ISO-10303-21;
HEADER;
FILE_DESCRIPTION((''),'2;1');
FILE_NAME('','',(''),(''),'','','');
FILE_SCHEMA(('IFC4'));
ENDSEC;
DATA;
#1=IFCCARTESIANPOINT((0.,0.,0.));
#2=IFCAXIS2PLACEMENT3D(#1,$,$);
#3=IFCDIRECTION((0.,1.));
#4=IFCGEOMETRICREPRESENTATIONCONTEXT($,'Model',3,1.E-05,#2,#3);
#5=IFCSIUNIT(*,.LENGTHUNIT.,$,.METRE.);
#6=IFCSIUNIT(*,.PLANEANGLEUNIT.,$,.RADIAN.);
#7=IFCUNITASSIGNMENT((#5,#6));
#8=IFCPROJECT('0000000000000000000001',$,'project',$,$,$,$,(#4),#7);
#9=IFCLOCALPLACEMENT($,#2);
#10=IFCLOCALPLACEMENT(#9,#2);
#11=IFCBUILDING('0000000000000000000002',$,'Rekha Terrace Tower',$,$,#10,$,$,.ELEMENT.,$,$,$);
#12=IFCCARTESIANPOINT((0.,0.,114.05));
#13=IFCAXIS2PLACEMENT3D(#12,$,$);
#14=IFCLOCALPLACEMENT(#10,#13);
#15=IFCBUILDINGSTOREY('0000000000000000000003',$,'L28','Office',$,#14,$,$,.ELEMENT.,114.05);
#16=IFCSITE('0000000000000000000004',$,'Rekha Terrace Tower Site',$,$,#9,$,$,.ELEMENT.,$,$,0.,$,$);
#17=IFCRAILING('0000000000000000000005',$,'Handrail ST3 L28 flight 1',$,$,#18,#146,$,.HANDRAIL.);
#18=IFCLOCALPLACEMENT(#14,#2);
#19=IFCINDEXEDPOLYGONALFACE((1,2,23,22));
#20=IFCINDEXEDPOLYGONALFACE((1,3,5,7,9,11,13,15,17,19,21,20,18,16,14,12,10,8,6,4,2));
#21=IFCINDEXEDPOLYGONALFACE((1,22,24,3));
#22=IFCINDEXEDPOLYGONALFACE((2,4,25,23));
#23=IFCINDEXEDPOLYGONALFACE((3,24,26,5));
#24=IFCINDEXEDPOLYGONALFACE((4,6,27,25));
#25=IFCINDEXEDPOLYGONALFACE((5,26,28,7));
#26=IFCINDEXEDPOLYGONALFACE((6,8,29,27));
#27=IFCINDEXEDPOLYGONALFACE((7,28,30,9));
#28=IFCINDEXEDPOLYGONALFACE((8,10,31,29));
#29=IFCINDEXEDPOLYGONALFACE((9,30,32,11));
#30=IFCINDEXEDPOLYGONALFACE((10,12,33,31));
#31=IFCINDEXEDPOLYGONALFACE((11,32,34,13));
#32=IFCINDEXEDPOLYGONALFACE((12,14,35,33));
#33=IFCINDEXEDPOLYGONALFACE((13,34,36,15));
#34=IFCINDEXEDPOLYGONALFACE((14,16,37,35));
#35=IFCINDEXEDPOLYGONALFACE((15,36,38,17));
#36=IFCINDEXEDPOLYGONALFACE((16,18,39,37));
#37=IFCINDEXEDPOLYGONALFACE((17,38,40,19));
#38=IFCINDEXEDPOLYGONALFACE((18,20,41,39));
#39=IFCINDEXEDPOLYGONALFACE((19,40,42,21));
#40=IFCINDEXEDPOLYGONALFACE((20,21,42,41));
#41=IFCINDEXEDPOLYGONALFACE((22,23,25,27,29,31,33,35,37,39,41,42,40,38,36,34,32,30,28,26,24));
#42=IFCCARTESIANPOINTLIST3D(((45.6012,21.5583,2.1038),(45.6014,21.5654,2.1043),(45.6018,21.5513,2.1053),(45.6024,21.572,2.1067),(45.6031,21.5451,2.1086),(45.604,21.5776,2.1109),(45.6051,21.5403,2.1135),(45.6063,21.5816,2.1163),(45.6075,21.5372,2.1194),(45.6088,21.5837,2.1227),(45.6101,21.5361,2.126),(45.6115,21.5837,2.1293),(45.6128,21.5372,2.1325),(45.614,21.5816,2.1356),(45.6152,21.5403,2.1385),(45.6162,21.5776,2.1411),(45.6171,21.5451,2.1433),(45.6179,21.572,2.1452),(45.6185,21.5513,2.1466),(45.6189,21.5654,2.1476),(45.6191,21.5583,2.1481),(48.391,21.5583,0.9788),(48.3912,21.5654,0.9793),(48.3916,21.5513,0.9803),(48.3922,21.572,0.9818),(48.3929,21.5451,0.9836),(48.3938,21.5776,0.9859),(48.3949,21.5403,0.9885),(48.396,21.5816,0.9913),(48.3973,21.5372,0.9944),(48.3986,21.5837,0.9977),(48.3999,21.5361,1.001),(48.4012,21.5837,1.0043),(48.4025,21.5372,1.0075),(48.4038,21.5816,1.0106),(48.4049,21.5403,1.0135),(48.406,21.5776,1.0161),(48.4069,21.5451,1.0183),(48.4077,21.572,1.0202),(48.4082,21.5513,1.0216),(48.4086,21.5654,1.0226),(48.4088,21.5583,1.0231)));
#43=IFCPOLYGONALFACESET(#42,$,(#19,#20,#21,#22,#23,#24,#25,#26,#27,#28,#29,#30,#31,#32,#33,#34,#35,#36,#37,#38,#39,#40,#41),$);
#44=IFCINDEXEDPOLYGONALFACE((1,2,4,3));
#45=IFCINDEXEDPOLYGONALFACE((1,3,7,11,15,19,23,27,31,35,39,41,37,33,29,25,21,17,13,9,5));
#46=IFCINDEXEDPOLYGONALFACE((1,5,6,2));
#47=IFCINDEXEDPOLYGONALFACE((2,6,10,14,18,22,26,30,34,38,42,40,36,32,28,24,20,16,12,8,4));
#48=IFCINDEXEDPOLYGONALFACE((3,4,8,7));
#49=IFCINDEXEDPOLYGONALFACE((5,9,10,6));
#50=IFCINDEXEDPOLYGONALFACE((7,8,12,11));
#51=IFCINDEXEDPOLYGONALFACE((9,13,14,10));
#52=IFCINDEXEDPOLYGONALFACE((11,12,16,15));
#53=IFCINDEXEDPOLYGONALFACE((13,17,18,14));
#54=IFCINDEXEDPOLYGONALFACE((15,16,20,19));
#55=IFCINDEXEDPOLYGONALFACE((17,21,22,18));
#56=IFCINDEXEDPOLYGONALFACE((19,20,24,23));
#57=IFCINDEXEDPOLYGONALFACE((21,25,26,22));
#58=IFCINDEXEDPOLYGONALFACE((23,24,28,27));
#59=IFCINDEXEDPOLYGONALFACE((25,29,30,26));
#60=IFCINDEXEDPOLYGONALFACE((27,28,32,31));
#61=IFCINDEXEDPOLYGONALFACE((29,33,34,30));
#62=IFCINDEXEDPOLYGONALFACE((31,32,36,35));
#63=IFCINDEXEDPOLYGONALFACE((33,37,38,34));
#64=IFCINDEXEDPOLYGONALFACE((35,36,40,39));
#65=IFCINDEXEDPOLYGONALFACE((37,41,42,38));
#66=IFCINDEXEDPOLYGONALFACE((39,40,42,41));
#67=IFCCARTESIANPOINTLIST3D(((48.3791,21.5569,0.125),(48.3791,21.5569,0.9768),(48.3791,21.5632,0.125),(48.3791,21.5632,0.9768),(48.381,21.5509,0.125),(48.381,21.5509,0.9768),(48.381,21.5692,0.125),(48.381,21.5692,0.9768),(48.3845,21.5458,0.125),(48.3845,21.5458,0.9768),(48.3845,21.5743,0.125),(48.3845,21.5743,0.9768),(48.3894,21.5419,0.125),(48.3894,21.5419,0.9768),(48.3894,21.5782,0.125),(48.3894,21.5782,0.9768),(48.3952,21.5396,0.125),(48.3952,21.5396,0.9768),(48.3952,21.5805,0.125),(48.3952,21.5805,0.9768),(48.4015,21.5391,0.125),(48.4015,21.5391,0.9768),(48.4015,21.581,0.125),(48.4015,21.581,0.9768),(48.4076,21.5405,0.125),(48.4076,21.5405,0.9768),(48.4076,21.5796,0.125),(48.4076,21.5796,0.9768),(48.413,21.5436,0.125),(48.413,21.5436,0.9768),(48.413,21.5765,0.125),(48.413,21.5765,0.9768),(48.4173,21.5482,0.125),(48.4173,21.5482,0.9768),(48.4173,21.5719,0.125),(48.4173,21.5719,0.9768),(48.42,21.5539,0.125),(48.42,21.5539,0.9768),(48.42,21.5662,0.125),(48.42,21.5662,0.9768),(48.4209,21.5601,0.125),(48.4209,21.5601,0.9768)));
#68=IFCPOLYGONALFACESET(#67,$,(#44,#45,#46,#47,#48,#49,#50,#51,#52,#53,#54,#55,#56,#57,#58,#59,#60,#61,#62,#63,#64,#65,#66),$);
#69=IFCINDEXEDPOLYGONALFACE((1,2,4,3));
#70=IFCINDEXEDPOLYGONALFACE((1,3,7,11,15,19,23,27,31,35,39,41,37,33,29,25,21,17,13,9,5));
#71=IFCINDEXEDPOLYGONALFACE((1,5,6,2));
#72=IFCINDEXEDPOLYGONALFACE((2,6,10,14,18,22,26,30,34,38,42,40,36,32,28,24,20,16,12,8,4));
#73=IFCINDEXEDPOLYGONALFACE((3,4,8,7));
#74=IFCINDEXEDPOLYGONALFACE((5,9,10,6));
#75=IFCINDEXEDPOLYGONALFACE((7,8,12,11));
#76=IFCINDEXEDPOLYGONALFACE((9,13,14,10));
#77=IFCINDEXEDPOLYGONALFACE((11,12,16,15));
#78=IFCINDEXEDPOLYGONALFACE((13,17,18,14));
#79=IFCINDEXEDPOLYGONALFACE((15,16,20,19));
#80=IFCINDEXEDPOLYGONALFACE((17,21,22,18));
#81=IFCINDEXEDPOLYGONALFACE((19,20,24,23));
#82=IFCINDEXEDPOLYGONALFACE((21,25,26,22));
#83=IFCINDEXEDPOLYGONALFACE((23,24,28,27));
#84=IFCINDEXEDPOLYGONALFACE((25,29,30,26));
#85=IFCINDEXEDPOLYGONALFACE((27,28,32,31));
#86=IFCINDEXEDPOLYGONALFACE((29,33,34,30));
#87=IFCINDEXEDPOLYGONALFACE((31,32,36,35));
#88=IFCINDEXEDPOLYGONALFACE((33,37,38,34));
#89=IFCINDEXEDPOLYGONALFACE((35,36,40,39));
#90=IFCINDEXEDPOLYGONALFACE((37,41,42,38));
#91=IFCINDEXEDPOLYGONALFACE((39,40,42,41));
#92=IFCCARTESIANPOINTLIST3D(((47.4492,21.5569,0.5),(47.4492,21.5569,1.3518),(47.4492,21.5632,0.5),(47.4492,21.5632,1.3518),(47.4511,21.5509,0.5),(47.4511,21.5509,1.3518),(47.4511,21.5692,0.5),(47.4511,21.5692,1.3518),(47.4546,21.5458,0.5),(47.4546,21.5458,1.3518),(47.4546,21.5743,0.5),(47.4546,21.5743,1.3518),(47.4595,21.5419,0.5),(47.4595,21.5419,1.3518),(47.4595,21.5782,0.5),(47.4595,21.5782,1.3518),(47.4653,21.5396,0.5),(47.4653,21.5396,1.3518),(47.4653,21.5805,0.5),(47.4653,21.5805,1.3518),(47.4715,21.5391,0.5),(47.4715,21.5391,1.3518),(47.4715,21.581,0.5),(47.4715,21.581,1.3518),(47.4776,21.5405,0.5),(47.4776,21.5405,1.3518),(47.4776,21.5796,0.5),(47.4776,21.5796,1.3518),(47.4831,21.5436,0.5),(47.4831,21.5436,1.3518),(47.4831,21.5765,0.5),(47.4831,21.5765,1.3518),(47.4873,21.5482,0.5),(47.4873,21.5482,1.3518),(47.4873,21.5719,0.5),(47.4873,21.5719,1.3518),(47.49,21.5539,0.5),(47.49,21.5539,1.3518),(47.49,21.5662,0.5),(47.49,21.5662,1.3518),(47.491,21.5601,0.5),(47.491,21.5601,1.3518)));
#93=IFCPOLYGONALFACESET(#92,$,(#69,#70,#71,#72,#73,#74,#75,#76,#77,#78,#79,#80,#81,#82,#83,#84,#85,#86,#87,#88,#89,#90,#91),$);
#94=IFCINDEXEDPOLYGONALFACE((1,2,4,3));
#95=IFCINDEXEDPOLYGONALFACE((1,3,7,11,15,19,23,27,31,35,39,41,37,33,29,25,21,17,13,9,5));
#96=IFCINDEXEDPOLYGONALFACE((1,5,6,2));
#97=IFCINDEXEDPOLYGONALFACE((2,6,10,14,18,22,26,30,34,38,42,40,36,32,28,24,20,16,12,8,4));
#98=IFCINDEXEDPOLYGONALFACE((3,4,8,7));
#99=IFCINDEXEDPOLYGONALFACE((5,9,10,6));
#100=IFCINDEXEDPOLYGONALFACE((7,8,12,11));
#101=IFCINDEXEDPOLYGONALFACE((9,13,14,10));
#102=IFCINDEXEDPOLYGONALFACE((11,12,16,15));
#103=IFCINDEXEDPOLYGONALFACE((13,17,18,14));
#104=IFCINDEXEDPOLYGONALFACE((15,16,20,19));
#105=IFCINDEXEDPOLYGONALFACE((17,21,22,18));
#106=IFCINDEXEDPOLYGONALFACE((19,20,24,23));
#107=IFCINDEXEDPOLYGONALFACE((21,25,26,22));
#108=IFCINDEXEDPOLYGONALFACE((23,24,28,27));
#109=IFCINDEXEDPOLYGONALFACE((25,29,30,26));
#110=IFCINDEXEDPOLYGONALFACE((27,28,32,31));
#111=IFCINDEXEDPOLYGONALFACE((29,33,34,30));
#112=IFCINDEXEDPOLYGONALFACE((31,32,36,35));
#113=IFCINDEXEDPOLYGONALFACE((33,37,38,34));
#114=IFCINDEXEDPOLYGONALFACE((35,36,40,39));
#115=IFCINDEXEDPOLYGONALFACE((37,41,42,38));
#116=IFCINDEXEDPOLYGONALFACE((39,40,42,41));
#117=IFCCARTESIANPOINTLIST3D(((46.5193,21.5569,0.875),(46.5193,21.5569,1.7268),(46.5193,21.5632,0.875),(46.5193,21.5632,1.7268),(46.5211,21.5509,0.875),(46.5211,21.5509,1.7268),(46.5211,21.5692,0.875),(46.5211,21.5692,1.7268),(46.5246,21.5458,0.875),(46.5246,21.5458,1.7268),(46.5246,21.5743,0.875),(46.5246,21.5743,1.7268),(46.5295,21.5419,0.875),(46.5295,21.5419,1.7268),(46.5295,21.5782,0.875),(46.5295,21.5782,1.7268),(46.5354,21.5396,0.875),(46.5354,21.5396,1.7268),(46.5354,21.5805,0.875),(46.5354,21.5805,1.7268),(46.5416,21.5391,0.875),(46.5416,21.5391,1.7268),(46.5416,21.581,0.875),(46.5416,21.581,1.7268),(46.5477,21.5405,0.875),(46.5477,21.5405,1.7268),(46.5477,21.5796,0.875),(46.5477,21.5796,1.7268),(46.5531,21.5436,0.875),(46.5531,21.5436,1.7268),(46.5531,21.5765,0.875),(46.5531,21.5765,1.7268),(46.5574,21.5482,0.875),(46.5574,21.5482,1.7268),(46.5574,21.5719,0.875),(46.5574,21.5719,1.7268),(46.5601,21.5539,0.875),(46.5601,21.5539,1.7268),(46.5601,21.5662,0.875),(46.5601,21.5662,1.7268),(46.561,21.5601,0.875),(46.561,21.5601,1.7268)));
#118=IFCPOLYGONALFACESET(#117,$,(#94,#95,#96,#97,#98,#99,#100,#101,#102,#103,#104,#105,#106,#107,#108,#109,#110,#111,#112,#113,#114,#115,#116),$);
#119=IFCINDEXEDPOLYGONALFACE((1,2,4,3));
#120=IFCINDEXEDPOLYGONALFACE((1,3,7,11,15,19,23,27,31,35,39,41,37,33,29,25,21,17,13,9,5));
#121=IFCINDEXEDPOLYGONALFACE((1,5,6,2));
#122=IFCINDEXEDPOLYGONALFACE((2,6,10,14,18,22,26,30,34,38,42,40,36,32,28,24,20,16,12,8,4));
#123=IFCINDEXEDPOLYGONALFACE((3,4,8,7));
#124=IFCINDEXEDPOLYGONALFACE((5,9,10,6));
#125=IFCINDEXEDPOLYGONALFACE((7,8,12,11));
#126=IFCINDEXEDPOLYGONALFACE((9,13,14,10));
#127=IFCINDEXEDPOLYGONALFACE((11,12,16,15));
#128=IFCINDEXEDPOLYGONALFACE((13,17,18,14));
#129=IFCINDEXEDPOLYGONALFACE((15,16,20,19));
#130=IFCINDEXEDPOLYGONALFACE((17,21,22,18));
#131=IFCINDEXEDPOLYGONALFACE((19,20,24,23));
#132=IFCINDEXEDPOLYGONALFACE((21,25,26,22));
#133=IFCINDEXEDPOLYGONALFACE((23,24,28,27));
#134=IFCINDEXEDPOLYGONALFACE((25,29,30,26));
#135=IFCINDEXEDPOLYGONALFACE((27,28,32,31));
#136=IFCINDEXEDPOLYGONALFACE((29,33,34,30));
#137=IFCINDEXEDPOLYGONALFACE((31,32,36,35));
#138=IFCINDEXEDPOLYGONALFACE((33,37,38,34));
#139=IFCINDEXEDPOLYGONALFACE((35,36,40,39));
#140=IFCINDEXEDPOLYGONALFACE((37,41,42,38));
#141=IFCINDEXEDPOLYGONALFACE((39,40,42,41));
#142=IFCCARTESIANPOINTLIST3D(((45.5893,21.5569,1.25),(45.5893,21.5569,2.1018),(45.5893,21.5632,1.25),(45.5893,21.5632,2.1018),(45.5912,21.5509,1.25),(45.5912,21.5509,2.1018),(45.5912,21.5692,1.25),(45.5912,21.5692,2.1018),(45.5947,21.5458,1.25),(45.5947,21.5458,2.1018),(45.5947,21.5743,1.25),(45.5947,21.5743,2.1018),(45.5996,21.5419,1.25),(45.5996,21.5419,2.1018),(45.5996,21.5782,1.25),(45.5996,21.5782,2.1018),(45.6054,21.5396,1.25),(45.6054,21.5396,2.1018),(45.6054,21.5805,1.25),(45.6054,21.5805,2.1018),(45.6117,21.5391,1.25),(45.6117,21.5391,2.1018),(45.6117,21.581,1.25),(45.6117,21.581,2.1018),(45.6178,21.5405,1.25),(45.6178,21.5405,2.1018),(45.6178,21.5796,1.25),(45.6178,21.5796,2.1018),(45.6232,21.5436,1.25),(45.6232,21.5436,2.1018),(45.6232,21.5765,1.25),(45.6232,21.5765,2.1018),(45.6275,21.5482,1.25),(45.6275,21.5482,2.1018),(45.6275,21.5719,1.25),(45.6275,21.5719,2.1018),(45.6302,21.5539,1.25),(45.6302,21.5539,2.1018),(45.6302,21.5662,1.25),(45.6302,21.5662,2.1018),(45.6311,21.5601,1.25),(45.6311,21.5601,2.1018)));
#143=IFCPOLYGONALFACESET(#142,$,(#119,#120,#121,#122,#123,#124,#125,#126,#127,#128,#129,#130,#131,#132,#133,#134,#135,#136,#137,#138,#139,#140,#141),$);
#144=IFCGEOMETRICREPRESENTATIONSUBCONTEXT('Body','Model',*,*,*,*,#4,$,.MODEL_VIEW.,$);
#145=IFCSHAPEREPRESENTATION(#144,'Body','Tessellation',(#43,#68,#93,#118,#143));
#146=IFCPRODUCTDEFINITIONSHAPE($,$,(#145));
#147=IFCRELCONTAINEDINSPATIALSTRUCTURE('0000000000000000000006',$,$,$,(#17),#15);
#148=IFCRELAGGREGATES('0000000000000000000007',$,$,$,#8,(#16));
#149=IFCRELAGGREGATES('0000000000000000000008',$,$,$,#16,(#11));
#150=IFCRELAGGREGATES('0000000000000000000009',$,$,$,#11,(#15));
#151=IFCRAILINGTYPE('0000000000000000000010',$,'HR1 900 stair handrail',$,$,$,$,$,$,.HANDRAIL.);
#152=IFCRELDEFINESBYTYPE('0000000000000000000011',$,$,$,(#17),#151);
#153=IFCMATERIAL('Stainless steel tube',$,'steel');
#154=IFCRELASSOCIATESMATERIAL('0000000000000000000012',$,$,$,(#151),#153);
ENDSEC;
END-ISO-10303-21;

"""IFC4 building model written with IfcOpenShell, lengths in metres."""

from ifc_helpers import new_model, si_unit, direction, frame, origin, origin_2d, place, context, subcontext, project, spatial, circle, extrude, material, type_object, element, save


model = new_model("IFC4")

# Units and contexts
model_context = context("Model", 3, precision=1e-05, world=origin(), true_north=direction((0.0, 1.0)))
body_context = subcontext(model_context, "Body", "Model", "MODEL_VIEW")
ifc_project = project(units=[si_unit("LENGTHUNIT", "METRE"), si_unit("PLANEANGLEUNIT", "RADIAN")], contexts=[model_context])

# Site, building, storey
site_placement = place(None, origin())
site = spatial("IfcSite", under=ifc_project, at=site_placement, Name="Rekha Terrace Tower Site", CompositionType="ELEMENT", RefElevation=0.0)
building_placement = place(site_placement, origin())
building = spatial("IfcBuilding", under=site, at=building_placement, Name="Rekha Terrace Tower", CompositionType="ELEMENT")
storey_placement = place(building_placement, frame((0.0, 0.0, 114.05)))
storey = spatial("IfcBuildingStorey", under=building, at=storey_placement, Name="L28", Description="Office", CompositionType="ELEMENT", Elevation=114.05)

# Railing
ifc_material_1 = material(Name="Stainless steel tube", Category="steel")
railing_type_1 = type_object("IfcRailingType", Name="HR1 900 stair handrail", PredefinedType="HANDRAIL", material=ifc_material_1)
railing_1_placement = place(storey_placement, frame((48.3999, 21.5601, 0.125)))
element("IfcRailing", 1, at=railing_1_placement, inside=storey, type_object=railing_type_1, Name="Handrail ST3 L28 flight 1", PredefinedType="HANDRAIL", context=body_context, shape_type="SweptSolid", body=[
    extrude(circle(Radius=0.0239, at=origin_2d()), frame((0.0, 0.0, 0.876), z_axis=(-0.927432, 0.0, 0.373992), x_axis=(0.0, -1.0, 0.0)), (0.0, 0.0, 1.0), 3.0081),
    extrude(circle(Radius=0.021, at=origin_2d()), origin(), (0.0, 0.0, 1.0), 0.8518),
    extrude(circle(Radius=0.021, at=origin_2d()), frame((-0.9299, 0.0, 0.375)), (0.0, 0.0, 1.0), 0.8518),
    extrude(circle(Radius=0.021, at=origin_2d()), frame((-1.8599, 0.0, 0.75)), (0.0, 0.0, 1.0), 0.8518),
    extrude(circle(Radius=0.021, at=origin_2d()), frame((-2.7898, 0.0, 1.125)), (0.0, 0.0, 1.0), 0.8518),
])

save(model, "model.ifc")
